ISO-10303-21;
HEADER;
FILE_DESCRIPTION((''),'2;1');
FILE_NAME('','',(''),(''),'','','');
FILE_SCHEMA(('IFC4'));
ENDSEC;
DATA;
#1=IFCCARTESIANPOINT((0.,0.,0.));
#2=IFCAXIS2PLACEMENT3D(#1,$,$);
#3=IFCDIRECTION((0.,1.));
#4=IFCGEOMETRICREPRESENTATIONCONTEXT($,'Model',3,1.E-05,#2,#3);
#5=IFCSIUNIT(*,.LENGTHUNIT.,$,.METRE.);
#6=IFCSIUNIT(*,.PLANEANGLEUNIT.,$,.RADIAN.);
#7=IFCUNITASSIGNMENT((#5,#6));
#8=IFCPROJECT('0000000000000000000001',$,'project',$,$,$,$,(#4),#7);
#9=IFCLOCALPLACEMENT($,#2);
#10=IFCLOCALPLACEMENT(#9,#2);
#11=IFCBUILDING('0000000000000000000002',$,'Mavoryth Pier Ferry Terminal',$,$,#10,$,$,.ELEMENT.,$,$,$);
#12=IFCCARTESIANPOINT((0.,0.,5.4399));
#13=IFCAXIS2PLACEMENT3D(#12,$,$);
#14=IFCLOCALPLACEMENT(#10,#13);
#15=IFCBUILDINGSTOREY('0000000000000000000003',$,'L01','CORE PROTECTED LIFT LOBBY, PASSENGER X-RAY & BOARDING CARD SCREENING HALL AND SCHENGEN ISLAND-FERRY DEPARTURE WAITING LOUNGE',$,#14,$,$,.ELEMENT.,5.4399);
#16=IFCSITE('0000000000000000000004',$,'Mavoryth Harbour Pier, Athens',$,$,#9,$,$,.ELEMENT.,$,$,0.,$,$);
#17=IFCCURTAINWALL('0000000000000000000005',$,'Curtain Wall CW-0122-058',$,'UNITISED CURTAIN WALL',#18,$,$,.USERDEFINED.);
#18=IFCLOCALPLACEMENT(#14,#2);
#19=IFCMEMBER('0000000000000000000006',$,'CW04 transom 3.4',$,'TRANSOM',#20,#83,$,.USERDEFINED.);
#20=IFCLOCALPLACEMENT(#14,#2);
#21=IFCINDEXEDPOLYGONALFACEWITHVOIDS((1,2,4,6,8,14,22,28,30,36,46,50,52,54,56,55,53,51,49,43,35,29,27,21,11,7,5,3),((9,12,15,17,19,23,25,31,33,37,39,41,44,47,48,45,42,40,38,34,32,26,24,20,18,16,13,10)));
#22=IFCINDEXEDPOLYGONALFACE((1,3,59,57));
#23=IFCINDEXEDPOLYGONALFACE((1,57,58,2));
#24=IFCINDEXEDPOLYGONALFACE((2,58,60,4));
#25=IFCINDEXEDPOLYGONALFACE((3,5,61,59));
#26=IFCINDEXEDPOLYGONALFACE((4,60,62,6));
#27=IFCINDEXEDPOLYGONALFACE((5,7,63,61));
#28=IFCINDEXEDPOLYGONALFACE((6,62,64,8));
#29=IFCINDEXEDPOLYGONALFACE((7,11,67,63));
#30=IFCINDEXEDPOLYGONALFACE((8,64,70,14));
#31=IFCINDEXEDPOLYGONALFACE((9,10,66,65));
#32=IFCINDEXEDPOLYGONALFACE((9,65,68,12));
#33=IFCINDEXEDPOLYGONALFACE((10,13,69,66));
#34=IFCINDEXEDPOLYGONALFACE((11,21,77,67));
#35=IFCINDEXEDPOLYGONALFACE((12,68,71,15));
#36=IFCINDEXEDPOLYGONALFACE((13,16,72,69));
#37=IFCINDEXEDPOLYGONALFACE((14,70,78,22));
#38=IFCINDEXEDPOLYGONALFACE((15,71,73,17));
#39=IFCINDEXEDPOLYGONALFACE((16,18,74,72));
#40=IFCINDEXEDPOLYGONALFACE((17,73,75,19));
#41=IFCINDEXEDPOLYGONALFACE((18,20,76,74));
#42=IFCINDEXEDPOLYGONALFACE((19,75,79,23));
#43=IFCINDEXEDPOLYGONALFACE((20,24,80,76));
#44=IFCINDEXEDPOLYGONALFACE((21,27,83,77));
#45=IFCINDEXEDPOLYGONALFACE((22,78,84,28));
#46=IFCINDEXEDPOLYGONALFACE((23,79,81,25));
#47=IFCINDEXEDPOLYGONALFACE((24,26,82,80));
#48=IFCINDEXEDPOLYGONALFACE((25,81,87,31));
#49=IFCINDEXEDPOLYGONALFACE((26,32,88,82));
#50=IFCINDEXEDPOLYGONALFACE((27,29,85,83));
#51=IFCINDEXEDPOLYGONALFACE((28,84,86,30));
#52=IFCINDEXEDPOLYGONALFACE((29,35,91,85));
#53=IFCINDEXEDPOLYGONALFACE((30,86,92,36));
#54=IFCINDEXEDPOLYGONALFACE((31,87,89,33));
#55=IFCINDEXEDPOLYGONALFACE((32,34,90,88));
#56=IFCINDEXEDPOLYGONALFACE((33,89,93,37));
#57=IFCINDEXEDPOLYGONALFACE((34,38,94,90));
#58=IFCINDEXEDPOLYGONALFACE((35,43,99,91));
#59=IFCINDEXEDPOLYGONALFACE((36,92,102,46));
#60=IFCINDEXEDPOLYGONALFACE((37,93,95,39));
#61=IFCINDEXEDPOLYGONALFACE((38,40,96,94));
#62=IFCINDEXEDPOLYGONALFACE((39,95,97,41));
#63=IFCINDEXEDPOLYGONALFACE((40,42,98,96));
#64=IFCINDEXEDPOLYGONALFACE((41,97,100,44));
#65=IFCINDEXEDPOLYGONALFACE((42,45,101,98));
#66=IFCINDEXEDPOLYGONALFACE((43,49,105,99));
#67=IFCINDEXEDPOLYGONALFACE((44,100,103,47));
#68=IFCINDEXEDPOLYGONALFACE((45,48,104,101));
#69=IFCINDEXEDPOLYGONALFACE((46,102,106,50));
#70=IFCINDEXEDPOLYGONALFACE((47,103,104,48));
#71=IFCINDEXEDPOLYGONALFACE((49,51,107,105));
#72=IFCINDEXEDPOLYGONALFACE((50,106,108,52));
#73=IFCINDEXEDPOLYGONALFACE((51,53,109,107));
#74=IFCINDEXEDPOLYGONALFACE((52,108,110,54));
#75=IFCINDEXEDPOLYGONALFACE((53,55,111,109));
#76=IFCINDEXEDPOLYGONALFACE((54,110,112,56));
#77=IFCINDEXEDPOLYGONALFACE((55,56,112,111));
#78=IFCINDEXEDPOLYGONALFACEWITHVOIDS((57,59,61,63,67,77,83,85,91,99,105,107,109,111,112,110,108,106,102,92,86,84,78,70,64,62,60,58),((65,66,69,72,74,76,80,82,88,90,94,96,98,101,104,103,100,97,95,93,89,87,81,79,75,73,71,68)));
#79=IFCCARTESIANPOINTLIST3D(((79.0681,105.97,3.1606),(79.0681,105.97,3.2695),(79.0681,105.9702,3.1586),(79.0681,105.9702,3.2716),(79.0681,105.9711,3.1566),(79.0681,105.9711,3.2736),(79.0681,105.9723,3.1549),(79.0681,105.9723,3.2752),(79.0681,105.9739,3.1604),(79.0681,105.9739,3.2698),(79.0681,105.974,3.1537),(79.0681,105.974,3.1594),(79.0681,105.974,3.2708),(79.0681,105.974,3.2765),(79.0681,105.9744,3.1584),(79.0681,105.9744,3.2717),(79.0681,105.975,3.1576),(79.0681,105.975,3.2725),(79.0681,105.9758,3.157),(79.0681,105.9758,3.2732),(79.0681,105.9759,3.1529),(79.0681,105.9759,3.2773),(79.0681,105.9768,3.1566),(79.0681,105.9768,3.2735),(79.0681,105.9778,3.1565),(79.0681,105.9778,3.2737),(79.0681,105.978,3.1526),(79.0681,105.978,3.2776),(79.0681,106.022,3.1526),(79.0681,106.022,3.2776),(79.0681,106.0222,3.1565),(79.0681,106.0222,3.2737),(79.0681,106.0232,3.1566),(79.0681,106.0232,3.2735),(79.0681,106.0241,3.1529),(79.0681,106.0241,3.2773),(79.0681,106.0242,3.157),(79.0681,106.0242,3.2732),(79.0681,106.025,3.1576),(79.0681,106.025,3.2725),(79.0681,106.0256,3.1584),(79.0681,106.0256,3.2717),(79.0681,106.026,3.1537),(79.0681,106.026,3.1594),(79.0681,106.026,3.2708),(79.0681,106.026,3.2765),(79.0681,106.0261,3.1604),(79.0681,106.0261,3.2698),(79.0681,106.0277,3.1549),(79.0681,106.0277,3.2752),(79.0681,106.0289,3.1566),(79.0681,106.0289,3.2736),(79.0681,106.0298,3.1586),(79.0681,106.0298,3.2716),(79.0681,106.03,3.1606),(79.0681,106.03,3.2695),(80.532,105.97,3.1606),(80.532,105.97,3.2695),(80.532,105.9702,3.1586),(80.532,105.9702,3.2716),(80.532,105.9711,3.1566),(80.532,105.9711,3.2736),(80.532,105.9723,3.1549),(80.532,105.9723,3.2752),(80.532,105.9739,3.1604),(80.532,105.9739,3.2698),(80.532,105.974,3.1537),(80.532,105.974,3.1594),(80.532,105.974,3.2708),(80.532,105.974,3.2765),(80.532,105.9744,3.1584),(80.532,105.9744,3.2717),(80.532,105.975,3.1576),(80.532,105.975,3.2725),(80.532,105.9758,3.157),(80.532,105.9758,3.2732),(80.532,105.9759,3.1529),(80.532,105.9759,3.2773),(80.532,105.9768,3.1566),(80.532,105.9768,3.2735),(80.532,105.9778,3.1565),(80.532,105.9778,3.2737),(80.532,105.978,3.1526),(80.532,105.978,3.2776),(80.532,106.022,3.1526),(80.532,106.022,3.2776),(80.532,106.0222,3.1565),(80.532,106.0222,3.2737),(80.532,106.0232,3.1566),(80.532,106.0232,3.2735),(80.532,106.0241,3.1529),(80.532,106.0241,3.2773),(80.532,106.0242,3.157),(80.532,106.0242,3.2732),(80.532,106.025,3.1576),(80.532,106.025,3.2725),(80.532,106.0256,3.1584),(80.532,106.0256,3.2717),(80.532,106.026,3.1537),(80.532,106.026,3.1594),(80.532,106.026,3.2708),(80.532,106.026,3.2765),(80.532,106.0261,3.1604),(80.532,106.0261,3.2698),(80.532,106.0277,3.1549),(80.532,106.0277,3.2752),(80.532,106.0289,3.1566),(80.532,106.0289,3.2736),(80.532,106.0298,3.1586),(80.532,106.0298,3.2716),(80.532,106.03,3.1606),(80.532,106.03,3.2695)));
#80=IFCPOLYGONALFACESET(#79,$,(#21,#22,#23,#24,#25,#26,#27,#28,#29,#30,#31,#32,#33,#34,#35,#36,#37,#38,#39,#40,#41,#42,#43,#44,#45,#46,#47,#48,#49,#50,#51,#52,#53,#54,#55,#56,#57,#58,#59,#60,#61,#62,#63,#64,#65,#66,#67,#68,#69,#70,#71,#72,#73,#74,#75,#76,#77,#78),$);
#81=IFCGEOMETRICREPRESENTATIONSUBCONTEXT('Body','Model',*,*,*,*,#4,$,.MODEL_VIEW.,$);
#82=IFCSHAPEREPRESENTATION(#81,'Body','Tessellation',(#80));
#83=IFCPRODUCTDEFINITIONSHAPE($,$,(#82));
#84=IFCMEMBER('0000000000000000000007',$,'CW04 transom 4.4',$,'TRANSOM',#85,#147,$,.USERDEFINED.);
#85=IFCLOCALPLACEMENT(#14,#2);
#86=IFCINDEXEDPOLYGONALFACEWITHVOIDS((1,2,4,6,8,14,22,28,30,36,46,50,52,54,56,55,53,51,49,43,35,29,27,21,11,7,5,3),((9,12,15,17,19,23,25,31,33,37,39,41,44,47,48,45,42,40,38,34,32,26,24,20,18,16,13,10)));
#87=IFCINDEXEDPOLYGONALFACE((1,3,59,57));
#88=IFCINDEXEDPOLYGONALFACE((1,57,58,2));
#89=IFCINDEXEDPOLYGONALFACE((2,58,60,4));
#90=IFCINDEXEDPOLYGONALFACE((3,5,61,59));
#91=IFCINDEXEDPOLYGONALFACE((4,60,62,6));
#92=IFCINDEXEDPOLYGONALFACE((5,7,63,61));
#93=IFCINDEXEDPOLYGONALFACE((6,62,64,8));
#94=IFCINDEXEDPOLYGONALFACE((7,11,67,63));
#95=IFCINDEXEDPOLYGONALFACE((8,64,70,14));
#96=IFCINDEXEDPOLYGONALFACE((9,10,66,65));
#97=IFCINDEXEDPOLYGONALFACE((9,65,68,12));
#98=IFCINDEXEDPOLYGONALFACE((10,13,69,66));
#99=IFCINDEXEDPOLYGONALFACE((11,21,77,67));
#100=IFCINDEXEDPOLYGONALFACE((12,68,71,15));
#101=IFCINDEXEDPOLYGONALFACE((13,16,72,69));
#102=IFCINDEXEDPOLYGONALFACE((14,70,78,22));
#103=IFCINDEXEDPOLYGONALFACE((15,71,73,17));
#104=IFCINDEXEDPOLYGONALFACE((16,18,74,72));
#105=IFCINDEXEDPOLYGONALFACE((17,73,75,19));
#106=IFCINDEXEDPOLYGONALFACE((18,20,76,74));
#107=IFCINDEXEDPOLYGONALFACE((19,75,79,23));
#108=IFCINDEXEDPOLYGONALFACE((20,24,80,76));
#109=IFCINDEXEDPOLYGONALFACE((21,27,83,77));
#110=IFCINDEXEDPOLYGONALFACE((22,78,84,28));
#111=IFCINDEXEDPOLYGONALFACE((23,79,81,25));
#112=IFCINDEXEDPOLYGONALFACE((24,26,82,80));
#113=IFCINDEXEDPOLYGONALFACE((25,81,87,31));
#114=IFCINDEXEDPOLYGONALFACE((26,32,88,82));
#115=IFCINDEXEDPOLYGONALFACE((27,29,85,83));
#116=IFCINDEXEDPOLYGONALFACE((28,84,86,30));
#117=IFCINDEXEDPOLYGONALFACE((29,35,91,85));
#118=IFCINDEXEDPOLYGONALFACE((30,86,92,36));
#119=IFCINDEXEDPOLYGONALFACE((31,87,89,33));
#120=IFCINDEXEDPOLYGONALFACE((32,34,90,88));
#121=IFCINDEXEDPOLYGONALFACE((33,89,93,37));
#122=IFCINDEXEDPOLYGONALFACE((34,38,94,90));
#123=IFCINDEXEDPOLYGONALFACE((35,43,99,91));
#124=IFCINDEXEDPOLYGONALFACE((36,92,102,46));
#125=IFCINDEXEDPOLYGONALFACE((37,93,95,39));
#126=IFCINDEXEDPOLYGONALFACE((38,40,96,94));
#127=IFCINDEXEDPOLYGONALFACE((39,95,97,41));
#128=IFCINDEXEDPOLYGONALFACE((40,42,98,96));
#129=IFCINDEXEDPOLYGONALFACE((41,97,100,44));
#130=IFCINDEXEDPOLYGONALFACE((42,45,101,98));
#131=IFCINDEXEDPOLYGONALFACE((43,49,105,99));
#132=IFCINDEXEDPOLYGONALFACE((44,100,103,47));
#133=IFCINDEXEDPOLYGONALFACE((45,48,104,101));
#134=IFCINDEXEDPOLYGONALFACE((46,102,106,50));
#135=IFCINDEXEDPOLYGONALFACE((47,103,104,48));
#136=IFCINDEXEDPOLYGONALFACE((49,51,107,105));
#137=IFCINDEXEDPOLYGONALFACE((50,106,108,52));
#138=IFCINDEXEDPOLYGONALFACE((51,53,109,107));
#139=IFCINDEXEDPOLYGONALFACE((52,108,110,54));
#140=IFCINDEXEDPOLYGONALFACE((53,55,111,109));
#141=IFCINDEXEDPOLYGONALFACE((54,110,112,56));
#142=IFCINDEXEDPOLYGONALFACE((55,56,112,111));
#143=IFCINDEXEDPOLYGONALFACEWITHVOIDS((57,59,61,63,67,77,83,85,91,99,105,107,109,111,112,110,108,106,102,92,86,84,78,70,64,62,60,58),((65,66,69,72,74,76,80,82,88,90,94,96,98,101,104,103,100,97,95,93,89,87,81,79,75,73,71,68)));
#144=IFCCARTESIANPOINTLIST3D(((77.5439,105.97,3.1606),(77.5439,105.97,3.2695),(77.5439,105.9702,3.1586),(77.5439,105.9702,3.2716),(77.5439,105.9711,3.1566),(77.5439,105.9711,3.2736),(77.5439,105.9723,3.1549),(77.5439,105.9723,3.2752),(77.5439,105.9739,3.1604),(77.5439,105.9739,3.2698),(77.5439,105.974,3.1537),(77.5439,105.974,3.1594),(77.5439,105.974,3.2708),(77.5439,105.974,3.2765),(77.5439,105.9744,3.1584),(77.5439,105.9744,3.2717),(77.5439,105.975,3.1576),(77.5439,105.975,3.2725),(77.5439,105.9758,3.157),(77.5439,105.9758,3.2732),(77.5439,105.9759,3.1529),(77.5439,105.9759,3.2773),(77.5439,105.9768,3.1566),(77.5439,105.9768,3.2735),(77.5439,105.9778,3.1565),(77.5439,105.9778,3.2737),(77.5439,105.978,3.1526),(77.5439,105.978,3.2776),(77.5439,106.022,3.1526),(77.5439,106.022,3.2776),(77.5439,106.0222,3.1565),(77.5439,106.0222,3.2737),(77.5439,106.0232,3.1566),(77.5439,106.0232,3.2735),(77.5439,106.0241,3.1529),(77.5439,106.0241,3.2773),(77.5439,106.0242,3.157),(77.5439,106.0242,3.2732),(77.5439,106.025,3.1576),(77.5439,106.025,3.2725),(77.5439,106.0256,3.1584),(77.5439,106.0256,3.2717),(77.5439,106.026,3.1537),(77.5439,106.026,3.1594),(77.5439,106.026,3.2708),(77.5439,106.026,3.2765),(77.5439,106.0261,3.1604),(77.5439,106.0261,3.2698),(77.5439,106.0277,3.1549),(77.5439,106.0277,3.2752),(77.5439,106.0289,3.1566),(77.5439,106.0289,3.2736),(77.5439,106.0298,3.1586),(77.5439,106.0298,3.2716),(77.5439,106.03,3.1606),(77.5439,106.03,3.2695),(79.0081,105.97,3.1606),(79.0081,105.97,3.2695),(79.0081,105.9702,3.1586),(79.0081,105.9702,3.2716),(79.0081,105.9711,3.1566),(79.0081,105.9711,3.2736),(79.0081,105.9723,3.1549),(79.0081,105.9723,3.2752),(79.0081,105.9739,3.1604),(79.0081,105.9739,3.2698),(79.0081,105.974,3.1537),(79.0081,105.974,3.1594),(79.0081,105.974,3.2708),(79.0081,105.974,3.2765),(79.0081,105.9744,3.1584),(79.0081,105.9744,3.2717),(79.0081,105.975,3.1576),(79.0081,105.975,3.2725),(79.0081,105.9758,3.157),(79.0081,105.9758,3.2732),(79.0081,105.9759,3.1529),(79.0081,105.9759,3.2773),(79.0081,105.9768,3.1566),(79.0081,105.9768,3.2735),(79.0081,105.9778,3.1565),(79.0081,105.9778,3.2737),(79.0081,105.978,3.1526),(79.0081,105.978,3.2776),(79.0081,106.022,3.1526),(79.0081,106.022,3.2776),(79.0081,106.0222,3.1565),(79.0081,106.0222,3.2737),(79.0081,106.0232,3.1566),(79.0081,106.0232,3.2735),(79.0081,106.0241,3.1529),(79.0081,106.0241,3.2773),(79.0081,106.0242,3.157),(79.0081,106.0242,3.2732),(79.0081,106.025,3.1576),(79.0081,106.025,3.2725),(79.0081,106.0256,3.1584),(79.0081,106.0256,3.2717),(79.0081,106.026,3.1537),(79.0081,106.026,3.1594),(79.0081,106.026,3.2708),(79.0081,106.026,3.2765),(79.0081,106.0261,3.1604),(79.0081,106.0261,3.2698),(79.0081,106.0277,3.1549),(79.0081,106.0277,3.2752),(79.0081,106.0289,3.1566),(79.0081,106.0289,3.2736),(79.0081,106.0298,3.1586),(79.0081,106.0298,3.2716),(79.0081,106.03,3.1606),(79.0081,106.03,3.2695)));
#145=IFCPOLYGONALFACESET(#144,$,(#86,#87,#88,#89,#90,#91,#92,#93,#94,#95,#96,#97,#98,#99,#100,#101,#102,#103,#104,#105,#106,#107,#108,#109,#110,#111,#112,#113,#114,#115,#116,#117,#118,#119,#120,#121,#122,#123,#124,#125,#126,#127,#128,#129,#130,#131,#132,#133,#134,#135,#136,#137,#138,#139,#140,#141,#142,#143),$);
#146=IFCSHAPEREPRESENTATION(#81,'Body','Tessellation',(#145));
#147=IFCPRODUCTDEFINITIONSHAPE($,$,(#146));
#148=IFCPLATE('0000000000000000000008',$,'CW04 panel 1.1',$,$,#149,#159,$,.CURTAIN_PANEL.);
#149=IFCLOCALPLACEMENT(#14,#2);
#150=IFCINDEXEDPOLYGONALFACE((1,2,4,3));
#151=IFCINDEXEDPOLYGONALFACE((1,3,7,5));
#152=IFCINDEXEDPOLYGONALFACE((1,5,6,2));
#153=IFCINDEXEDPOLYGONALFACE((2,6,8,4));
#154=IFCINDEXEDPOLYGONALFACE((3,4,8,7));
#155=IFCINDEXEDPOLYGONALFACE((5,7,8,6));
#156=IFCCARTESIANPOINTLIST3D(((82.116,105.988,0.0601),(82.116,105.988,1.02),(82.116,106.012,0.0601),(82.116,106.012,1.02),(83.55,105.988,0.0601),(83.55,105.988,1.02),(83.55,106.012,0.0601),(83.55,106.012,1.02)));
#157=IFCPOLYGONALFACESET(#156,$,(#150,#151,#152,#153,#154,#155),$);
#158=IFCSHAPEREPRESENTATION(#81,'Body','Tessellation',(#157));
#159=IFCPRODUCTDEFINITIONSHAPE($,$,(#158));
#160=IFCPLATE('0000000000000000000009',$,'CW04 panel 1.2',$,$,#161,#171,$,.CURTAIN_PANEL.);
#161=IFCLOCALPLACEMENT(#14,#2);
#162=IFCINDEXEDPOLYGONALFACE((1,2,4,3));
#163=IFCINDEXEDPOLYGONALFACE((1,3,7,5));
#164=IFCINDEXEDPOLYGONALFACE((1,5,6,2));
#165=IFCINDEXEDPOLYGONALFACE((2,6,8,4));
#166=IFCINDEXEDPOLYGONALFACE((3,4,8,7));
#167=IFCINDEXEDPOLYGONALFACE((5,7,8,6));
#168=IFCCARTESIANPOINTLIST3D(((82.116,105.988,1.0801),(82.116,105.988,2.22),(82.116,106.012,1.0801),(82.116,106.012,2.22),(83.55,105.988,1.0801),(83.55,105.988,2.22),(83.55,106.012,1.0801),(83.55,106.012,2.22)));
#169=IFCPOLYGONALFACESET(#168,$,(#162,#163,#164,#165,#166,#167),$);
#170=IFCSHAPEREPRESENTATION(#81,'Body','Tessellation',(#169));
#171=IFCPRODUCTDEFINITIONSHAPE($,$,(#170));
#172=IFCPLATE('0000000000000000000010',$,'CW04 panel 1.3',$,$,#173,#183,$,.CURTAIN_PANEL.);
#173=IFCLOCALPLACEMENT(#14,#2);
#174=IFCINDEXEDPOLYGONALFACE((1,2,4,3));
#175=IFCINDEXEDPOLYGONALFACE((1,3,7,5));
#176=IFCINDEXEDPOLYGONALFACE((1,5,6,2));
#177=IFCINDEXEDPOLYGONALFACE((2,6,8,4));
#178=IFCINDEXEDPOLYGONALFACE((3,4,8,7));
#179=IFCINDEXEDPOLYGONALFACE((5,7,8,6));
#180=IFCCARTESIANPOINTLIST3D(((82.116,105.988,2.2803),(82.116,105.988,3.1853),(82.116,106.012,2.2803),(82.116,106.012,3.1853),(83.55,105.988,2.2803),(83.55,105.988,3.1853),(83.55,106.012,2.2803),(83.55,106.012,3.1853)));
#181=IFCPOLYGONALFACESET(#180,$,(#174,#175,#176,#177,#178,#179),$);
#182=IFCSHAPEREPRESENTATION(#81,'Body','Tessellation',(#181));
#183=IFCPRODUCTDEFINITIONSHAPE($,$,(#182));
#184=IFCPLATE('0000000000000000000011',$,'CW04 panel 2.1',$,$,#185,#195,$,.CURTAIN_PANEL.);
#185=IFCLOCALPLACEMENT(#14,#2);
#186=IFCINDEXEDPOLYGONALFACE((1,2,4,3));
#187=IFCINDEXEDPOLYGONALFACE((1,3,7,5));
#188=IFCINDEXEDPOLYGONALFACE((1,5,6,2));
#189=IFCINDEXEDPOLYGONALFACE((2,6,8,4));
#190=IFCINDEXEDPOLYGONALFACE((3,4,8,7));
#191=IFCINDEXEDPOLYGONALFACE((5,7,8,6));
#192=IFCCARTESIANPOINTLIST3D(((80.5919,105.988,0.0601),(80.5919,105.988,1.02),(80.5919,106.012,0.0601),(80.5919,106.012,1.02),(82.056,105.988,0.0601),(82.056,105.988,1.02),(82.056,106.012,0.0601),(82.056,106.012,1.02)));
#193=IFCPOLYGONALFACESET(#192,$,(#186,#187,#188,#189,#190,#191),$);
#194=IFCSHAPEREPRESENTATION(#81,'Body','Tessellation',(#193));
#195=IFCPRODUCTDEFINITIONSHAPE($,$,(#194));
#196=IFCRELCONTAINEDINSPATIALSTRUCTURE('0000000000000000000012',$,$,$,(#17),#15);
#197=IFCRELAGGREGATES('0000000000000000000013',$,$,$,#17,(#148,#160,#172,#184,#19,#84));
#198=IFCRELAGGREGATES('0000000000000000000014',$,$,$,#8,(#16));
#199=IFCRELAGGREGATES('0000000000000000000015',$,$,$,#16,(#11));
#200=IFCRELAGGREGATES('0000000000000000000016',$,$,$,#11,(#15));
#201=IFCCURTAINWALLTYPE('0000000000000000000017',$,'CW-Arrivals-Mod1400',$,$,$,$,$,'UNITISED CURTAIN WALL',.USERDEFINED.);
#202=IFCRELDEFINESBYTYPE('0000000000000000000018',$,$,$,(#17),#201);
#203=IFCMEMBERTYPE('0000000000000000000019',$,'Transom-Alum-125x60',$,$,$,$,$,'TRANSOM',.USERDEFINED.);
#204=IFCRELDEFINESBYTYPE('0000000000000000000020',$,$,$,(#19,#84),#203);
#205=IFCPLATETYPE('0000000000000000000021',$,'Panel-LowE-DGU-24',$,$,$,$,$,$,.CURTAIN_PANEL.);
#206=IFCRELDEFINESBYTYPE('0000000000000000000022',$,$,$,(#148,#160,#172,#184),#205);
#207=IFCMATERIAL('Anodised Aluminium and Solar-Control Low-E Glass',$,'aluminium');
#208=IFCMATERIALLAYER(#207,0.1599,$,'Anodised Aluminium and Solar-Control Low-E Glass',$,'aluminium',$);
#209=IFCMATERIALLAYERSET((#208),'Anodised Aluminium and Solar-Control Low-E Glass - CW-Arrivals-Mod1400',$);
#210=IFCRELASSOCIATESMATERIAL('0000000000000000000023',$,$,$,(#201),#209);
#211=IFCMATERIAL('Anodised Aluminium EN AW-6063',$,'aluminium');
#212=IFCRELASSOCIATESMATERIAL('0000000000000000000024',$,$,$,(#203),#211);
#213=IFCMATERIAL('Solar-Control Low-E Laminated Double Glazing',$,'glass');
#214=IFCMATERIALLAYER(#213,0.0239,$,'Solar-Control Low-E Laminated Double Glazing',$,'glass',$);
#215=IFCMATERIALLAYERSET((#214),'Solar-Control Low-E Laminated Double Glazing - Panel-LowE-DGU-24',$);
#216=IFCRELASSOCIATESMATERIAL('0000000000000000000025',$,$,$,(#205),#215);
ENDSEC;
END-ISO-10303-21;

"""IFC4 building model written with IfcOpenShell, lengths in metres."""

from ifc_helpers import new_model, si_unit, direction, frame, origin, origin_2d, place, context, subcontext, project, spatial, rectangle, hollow_rectangle, extrude, material, layer, layer_set, material_profile, profile_set, type_object, element, aggregate, save


model = new_model("IFC4")

# Units and contexts
model_context = context("Model", 3, precision=1e-05, world=origin(), true_north=direction((0.0, 1.0)))
body_context = subcontext(model_context, "Body", "Model", "MODEL_VIEW")
ifc_project = project(units=[si_unit("LENGTHUNIT", "METRE"), si_unit("PLANEANGLEUNIT", "RADIAN")], contexts=[model_context])

# Site, building, storey
site_placement = place(None, origin())
site = spatial("IfcSite", under=ifc_project, at=site_placement, Name="Mavoryth Harbour Pier, Athens", CompositionType="ELEMENT", RefElevation=0.0)
building_placement = place(site_placement, origin())
building = spatial("IfcBuilding", under=site, at=building_placement, Name="Mavoryth Pier Ferry Terminal", CompositionType="ELEMENT")
storey_placement = place(building_placement, frame((0.0, 0.0, 5.4399)))
storey = spatial("IfcBuildingStorey", under=building, at=storey_placement, Name="L01", Description="CORE PROTECTED LIFT LOBBY, PASSENGER X-RAY & BOARDING CARD SCREENING HALL AND SCHENGEN ISLAND-FERRY DEPARTURE WAITING LOUNGE", CompositionType="ELEMENT", Elevation=5.4399)

# Curtain wall
ifc_material_1 = material(Name="Anodised Aluminium and Solar-Control Low-E Glass", Category="aluminium")
ifc_layer_1 = layer(ifc_material_1, 0.1599, Name="Anodised Aluminium and Solar-Control Low-E Glass", Category="aluminium")
ifc_layer_set_1 = layer_set([ifc_layer_1], Name="Anodised Aluminium and Solar-Control Low-E Glass - CW-Arrivals-Mod1400")
curtain_wall_type = type_object("IfcCurtainWallType", Name="CW-Arrivals-Mod1400", ElementType="UNITISED CURTAIN WALL", PredefinedType="USERDEFINED", material=ifc_layer_set_1)
curtain_wall_1_placement = place(storey_placement, origin())
curtain_wall_1 = element("IfcCurtainWall", 1, at=curtain_wall_1_placement, inside=storey, type_object=curtain_wall_type, Name="Curtain Wall CW-0122-058", ObjectType="UNITISED CURTAIN WALL", PredefinedType="USERDEFINED")
ifc_material_2 = material(Name="Anodised Aluminium EN AW-6063", Category="aluminium")

# Members
ifc_material_profile_1 = material_profile(ifc_material_2, hollow_rectangle(XDim=0.0601, YDim=0.125, WallThickness=0.0039, InnerFilletRadius=0.0039, OuterFilletRadius=0.0081, at=origin_2d()), Name="AL-TRAN 125x60x4", Category="aluminium")
ifc_profile_set_1 = profile_set([ifc_material_profile_1], Name="Anodised Aluminium EN AW-6063 - AL-TRAN 125x60x4")
member_type_1 = type_object("IfcMemberType", Name="Transom-Alum-125x60", ElementType="TRANSOM", PredefinedType="USERDEFINED", material=ifc_profile_set_1)
member_1_placement = place(storey_placement, frame((80.532, 106.0, 3.2151), z_axis=(-1.0, 0.0, 0.0), x_axis=(0.0, -1.0, 0.0)))
member_1 = element("IfcMember", 2, at=member_1_placement, type_object=member_type_1, Name="CW04 transom 3.4", ObjectType="TRANSOM", PredefinedType="USERDEFINED", context=body_context, shape_type="SweptSolid", body=[
    extrude(hollow_rectangle(XDim=0.0601, YDim=0.125, WallThickness=0.0039, InnerFilletRadius=0.0039, OuterFilletRadius=0.0081, at=origin_2d()), origin(), (0.0, 0.0, 1.0), 1.4639),
])
member_2_placement = place(storey_placement, frame((79.0081, 106.0, 3.2151), z_axis=(-1.0, 0.0, 0.0), x_axis=(0.0, -1.0, 0.0)))
member_2 = element("IfcMember", 3, at=member_2_placement, type_object=member_type_1, Name="CW04 transom 4.4", ObjectType="TRANSOM", PredefinedType="USERDEFINED", context=body_context, shape_type="SweptSolid", body=[
    extrude(hollow_rectangle(XDim=0.0601, YDim=0.125, WallThickness=0.0039, InnerFilletRadius=0.0039, OuterFilletRadius=0.0081, at=origin_2d()), origin(), (0.0, 0.0, 1.0), 1.4641),
])

# Plates
ifc_material_3 = material(Name="Solar-Control Low-E Laminated Double Glazing", Category="glass")
ifc_layer_2 = layer(ifc_material_3, 0.0239, Name="Solar-Control Low-E Laminated Double Glazing", Category="glass")
ifc_layer_set_2 = layer_set([ifc_layer_2], Name="Solar-Control Low-E Laminated Double Glazing - Panel-LowE-DGU-24")
plate_type_1 = type_object("IfcPlateType", Name="Panel-LowE-DGU-24", PredefinedType="CURTAIN_PANEL", material=ifc_layer_set_2)
plate_1_placement = place(storey_placement, frame((82.833, 106.0, 0.0601), z_axis=(0.0, 0.0, 1.0), x_axis=(-1.0, 0.0, 0.0)))
plate_1 = element("IfcPlate", 4, at=plate_1_placement, type_object=plate_type_1, Name="CW04 panel 1.1", PredefinedType="CURTAIN_PANEL", context=body_context, shape_type="SweptSolid", body=[
    extrude(rectangle(XDim=1.4341, YDim=0.0239, at=origin_2d()), origin(), (0.0, 0.0, 1.0), 0.96),
])
plate_2_placement = place(storey_placement, frame((82.833, 106.0, 1.0801), z_axis=(0.0, 0.0, 1.0), x_axis=(-1.0, 0.0, 0.0)))
plate_2 = element("IfcPlate", 5, at=plate_2_placement, type_object=plate_type_1, Name="CW04 panel 1.2", PredefinedType="CURTAIN_PANEL", context=body_context, shape_type="SweptSolid", body=[
    extrude(rectangle(XDim=1.4341, YDim=0.0239, at=origin_2d()), origin(), (0.0, 0.0, 1.0), 1.1399),
])
plate_3_placement = place(storey_placement, frame((82.833, 106.0, 2.2803), z_axis=(0.0, 0.0, 1.0), x_axis=(-1.0, 0.0, 0.0)))
plate_3 = element("IfcPlate", 6, at=plate_3_placement, type_object=plate_type_1, Name="CW04 panel 1.3", PredefinedType="CURTAIN_PANEL", context=body_context, shape_type="SweptSolid", body=[
    extrude(rectangle(XDim=1.4341, YDim=0.0239, at=origin_2d()), origin(), (0.0, 0.0, 1.0), 0.905),
])
plate_4_placement = place(storey_placement, frame((81.324, 106.0, 0.0601), z_axis=(0.0, 0.0, 1.0), x_axis=(-1.0, 0.0, 0.0)))
plate_4 = element("IfcPlate", 7, at=plate_4_placement, type_object=plate_type_1, Name="CW04 panel 2.1", PredefinedType="CURTAIN_PANEL", context=body_context, shape_type="SweptSolid", body=[
    extrude(rectangle(XDim=1.4641, YDim=0.0239, at=origin_2d()), origin(), (0.0, 0.0, 1.0), 0.96),
])
aggregate(curtain_wall_1, [plate_1, plate_2, plate_3, plate_4, member_1, member_2])

save(model, "model.ifc")
